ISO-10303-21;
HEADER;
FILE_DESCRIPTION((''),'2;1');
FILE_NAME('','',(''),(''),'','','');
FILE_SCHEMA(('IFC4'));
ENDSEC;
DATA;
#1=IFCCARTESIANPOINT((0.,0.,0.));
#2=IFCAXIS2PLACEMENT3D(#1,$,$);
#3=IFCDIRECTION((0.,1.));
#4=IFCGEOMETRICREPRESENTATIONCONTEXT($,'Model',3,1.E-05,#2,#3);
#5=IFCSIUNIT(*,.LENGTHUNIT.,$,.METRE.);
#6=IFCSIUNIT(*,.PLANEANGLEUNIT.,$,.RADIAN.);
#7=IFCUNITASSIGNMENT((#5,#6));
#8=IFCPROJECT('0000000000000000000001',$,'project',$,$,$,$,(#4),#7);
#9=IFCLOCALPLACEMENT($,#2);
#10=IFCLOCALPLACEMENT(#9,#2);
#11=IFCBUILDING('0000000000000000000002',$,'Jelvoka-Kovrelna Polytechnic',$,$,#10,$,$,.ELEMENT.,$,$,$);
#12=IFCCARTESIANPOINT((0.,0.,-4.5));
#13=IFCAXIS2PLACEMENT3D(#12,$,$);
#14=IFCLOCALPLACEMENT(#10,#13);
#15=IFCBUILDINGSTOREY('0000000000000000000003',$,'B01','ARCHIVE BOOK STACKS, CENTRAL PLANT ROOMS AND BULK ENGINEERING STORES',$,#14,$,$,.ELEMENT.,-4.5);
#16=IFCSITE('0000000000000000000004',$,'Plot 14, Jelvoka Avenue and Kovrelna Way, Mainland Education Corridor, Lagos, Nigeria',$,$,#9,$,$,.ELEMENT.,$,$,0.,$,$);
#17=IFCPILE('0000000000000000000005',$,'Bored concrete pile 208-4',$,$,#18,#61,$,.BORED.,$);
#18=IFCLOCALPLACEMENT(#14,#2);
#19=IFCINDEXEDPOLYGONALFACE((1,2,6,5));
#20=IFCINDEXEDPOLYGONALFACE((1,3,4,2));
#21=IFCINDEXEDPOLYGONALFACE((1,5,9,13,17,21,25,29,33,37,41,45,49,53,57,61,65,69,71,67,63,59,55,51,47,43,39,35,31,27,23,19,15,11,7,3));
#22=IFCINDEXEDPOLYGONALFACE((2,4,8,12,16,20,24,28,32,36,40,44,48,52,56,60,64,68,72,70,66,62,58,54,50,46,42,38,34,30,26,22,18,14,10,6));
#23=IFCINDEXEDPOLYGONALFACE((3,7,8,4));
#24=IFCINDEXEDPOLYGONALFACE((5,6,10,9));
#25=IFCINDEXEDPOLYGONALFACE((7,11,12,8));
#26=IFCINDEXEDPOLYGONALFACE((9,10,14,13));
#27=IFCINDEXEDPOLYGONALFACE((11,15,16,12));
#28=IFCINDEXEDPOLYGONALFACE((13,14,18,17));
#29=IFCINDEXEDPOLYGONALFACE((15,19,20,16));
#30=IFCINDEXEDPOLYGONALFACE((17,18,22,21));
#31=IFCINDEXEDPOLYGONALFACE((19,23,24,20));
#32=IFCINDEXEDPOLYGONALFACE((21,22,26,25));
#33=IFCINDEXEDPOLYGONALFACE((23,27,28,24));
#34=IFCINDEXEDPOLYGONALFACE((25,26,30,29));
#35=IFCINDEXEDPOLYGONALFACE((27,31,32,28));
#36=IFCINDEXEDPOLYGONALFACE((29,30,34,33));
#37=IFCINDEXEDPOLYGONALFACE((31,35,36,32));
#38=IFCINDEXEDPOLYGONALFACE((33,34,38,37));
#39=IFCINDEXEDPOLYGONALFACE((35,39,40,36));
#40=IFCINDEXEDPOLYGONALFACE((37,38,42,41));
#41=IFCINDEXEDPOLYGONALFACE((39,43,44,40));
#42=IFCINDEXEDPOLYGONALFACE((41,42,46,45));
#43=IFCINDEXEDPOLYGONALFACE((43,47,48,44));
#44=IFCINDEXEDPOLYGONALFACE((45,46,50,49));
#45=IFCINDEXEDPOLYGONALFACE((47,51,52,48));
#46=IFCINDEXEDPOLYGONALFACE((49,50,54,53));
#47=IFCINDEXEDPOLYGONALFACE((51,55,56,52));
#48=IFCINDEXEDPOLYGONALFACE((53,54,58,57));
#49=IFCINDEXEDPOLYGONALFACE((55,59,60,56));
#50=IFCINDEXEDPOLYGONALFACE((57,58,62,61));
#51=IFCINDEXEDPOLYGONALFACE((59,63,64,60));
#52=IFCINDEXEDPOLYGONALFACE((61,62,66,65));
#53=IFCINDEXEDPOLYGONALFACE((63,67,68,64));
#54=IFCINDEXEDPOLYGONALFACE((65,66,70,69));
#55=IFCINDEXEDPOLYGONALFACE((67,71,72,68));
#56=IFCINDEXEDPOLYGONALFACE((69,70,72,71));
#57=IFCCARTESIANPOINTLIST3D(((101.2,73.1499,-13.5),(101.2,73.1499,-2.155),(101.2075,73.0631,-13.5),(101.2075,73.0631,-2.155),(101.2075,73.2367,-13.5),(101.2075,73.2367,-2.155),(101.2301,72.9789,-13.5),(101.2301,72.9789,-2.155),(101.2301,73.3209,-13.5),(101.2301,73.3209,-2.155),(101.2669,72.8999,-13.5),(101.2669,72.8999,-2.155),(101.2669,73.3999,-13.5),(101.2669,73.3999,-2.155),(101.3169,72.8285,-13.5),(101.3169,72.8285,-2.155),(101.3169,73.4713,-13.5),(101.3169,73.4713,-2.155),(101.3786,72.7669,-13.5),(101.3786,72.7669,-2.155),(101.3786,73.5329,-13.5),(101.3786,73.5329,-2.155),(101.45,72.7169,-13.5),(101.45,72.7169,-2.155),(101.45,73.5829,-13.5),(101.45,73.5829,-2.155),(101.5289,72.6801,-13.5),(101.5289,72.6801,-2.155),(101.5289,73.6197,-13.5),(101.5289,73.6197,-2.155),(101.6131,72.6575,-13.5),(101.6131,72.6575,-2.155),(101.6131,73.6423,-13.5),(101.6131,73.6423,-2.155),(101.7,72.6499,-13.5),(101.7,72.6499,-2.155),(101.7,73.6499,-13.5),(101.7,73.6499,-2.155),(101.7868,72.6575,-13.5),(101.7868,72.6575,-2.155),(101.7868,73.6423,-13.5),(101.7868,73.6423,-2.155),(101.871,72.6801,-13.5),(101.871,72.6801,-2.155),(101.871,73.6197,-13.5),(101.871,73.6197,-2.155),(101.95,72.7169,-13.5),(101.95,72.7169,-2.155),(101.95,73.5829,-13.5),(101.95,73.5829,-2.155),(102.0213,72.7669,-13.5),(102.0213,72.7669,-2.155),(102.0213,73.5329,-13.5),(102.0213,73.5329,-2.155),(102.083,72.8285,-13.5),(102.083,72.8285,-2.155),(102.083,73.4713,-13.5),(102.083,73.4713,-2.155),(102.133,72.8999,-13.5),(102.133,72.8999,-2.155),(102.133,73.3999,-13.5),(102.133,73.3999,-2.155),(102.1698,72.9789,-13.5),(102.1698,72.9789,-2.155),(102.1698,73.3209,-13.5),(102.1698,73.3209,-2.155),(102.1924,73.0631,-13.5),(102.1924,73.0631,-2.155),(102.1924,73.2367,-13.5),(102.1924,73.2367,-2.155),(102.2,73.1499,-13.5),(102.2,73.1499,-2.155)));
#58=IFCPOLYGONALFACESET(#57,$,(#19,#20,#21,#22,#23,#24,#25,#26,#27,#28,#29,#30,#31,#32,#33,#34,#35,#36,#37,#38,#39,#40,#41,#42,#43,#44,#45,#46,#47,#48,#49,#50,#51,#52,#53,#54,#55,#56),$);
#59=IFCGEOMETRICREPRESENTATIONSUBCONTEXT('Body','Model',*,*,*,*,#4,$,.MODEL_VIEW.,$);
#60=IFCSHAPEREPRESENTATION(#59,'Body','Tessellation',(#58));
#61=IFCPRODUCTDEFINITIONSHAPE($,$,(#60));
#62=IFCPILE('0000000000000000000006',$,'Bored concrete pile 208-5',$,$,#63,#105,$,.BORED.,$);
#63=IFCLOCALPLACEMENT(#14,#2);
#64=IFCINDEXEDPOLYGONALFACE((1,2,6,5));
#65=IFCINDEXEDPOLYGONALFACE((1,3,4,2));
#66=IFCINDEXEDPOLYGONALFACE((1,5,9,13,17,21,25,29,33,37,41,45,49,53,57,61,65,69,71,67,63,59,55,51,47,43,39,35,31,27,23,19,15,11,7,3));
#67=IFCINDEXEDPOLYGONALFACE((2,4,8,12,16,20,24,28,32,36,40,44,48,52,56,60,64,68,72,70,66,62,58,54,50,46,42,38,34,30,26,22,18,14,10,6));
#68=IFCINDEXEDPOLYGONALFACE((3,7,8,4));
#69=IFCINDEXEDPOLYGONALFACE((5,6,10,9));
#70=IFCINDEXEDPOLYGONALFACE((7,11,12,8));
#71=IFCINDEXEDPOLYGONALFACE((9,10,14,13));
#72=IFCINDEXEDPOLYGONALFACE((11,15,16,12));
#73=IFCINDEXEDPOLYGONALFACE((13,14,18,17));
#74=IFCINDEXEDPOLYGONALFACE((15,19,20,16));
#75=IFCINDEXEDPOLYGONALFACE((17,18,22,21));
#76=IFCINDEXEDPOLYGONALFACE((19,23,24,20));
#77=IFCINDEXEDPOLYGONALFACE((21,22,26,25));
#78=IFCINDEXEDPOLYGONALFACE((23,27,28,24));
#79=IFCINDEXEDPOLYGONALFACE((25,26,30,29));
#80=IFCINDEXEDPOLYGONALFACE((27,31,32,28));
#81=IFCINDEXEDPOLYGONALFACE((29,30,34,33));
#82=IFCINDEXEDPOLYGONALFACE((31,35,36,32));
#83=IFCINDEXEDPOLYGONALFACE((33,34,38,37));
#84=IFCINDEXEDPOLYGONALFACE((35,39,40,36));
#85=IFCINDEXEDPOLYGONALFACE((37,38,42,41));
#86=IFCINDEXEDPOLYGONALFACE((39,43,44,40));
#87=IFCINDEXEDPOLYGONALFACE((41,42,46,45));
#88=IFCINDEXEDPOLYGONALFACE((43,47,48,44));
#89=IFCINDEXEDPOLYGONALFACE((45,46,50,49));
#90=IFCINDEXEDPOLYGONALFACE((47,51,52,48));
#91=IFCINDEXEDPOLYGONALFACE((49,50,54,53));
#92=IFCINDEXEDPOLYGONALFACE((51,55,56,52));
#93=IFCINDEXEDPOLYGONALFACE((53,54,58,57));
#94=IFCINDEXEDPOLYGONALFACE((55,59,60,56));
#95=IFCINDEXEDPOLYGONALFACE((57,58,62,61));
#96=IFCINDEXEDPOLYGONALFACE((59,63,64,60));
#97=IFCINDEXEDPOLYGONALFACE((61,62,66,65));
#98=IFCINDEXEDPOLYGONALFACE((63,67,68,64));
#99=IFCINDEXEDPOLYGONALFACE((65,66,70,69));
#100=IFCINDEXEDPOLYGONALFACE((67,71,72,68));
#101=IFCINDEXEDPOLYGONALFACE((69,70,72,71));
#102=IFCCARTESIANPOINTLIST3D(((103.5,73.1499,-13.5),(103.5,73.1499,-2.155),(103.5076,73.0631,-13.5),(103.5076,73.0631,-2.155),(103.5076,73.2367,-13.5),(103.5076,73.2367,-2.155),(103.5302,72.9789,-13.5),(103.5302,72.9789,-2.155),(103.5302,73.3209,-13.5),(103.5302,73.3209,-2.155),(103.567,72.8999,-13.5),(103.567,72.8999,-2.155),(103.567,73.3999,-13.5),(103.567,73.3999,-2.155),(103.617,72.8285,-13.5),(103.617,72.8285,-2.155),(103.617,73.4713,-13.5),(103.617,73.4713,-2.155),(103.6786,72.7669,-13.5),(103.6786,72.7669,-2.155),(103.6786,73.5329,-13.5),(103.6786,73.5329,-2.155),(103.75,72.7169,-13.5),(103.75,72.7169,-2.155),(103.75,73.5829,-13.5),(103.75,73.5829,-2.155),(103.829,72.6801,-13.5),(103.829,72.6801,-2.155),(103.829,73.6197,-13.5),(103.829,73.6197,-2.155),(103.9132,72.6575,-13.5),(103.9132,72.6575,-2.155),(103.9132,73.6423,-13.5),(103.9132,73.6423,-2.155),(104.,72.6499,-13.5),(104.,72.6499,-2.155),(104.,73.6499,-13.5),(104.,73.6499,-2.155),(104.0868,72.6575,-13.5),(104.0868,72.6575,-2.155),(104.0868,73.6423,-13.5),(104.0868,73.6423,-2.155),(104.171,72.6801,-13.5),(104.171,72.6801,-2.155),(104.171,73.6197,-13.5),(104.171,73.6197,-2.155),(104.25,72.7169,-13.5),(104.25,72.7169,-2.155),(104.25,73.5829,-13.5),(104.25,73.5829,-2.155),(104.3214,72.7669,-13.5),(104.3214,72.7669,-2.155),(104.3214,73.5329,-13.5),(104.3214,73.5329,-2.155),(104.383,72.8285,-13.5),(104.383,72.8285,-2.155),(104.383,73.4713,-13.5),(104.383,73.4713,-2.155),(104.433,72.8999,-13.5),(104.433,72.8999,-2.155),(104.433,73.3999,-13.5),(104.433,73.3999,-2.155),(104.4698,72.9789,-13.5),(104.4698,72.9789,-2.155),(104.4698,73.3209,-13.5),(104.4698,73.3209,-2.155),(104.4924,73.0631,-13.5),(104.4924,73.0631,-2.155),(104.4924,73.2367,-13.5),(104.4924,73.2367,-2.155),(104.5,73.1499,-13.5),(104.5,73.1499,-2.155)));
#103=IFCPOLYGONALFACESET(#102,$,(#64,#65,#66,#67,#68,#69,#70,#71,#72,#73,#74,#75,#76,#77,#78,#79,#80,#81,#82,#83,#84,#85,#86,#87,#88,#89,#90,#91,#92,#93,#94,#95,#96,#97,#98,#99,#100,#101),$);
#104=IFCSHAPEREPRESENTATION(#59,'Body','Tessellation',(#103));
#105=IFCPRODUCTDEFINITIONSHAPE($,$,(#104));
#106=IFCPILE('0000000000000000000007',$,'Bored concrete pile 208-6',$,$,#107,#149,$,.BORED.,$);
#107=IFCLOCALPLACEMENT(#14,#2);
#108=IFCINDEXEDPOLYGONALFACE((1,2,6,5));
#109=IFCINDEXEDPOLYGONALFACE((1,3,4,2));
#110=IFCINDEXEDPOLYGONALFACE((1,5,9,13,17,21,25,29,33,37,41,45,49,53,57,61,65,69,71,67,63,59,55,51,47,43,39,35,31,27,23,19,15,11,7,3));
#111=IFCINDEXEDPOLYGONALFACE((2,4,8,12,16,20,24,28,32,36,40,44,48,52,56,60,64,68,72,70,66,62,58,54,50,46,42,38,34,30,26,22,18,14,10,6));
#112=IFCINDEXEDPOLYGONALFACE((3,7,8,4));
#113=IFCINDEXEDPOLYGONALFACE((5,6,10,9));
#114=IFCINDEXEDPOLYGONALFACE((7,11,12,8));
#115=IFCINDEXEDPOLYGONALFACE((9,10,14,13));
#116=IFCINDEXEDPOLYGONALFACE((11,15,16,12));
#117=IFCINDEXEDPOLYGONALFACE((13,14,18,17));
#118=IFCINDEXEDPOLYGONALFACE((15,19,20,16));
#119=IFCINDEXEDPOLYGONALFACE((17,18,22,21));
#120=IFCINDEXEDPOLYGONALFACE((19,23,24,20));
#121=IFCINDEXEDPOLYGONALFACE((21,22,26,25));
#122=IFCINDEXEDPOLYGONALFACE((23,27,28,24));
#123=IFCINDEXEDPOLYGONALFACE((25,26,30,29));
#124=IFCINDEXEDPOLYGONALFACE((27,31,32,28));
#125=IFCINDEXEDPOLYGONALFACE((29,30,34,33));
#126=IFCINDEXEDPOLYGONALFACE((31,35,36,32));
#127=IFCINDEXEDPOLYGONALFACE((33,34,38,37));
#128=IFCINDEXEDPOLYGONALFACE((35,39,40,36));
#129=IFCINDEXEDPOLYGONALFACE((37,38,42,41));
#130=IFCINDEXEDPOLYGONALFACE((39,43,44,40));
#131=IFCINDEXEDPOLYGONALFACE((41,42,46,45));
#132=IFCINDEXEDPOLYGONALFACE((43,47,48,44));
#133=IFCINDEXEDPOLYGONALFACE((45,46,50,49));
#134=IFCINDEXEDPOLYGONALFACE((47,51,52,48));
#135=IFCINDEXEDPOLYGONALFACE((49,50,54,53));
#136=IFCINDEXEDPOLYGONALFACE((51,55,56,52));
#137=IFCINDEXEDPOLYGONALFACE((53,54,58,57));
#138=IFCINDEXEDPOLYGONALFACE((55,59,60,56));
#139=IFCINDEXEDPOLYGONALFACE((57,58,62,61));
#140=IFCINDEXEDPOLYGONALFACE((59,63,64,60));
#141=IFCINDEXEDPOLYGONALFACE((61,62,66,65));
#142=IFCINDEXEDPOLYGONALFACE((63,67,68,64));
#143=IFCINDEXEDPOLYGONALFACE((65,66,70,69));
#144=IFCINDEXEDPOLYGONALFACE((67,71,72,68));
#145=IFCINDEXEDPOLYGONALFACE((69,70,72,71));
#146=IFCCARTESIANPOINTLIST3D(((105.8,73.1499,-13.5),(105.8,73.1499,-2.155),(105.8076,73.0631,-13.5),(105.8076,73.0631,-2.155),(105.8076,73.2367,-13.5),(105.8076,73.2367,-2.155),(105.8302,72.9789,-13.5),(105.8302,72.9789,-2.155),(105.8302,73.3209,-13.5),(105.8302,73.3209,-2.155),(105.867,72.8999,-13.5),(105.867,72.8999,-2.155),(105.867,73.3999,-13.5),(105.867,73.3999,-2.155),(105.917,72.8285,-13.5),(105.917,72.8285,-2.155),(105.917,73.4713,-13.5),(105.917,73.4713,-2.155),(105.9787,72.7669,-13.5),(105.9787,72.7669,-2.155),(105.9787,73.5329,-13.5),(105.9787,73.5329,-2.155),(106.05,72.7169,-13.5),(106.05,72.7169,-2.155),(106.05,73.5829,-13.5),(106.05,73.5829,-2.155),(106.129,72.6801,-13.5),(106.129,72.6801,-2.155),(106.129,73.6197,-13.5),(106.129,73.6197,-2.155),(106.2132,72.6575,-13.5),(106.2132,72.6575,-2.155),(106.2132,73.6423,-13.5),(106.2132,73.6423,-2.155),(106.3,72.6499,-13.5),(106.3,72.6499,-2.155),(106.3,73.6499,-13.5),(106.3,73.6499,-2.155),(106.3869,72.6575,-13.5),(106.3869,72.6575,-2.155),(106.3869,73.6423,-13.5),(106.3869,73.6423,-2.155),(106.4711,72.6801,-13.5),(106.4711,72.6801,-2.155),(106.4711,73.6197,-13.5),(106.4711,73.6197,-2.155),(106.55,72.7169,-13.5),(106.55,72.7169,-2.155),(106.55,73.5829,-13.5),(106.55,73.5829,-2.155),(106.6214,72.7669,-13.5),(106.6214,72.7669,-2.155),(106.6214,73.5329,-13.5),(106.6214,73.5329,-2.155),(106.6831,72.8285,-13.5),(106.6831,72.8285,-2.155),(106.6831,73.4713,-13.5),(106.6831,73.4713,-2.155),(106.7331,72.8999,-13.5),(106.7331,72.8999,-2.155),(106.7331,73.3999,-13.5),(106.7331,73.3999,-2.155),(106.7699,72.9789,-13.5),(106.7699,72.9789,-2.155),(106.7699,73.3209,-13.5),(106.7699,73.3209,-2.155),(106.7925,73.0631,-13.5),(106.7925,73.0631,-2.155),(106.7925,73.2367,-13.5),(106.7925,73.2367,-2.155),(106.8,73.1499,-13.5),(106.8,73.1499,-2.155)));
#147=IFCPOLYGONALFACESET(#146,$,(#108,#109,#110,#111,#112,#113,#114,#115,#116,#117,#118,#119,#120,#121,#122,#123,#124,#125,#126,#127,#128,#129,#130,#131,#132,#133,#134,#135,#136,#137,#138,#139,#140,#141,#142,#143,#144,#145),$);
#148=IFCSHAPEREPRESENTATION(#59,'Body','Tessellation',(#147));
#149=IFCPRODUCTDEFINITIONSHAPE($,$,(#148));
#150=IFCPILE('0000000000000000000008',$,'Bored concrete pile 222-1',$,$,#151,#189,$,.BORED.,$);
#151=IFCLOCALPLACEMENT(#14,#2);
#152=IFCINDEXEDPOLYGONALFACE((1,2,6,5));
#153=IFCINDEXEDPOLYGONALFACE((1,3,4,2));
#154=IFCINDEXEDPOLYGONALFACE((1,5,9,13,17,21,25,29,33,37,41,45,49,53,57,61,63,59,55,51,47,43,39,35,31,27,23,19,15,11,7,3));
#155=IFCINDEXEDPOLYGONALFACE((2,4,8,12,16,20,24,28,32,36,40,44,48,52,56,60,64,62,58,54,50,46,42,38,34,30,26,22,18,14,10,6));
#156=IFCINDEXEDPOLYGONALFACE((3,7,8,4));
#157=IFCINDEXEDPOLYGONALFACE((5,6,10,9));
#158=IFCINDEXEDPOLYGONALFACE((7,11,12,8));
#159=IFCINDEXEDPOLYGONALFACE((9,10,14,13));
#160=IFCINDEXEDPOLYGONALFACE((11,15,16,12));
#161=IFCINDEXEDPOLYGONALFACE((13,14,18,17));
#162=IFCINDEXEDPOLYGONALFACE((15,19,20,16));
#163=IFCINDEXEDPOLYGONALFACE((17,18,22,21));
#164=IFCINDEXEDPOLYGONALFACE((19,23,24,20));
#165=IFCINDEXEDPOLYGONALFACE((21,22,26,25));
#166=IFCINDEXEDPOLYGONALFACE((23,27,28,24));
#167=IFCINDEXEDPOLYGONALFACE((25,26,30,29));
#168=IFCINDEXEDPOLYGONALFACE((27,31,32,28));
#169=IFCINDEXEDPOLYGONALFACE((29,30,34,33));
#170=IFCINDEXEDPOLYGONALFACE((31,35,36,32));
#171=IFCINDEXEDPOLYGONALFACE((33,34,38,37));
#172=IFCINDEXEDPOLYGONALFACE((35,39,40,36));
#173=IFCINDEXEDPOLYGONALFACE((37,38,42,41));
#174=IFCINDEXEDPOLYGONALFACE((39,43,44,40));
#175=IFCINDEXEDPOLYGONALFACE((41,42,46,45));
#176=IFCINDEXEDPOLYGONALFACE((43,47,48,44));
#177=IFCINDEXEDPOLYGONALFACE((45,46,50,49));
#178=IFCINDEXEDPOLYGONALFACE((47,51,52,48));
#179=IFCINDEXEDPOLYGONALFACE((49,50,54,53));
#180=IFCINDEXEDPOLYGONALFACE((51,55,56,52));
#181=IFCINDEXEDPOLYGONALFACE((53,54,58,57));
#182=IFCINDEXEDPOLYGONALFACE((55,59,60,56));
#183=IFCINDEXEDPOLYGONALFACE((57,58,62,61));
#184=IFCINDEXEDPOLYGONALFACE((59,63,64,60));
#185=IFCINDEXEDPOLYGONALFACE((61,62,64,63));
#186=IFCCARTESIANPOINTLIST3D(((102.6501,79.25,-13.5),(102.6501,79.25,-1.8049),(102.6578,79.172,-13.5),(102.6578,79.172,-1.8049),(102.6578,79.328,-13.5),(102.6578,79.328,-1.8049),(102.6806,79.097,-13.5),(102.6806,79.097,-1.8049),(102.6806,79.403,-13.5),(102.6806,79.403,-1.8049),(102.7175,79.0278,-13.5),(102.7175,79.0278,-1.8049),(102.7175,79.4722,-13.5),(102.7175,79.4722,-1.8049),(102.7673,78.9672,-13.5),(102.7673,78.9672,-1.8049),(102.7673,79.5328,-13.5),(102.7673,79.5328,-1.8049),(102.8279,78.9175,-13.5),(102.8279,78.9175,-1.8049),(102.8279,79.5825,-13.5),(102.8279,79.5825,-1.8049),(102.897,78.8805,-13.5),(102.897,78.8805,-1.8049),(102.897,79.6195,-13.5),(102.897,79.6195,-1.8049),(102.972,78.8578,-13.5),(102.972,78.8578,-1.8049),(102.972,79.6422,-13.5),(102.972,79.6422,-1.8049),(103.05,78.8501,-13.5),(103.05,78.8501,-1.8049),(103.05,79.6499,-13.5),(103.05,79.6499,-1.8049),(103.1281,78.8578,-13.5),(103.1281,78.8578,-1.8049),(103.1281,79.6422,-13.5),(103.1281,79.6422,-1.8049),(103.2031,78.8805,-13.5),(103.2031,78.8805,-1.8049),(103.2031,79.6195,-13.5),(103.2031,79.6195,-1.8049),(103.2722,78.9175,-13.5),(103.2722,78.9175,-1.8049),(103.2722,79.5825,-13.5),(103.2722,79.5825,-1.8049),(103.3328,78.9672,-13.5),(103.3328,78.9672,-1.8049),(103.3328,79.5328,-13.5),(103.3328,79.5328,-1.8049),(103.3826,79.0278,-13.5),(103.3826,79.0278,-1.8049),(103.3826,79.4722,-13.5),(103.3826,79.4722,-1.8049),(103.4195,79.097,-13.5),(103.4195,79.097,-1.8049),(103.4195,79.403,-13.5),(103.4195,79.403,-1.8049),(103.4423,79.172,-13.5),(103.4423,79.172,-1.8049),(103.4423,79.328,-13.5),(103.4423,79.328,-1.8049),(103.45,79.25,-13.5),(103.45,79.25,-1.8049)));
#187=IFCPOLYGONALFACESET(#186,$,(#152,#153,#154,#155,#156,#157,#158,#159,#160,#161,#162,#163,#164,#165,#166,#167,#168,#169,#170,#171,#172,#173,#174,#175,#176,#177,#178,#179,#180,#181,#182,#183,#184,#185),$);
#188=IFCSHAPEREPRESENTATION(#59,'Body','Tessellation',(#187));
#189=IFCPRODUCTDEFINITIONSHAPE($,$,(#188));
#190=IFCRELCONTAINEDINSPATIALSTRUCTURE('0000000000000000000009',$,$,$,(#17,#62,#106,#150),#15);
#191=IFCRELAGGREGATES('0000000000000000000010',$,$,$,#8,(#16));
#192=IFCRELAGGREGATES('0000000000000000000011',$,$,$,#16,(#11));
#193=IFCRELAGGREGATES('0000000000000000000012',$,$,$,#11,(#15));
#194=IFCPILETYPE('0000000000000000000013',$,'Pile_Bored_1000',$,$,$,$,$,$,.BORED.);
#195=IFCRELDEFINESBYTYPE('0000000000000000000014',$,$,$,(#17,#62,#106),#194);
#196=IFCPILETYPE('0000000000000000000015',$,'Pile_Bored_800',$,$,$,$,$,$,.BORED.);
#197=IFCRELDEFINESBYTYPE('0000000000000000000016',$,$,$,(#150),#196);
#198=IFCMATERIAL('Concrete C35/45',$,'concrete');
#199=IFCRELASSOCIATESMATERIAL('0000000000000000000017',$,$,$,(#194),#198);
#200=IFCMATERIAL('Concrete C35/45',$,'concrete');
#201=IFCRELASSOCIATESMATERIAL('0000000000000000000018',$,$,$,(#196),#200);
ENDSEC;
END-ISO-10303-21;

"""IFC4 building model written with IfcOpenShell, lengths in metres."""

from ifc_helpers import new_model, si_unit, direction, frame, origin, origin_2d, place, context, subcontext, project, spatial, circle, extrude, material, material_profile, profile_set, type_object, element, save


model = new_model("IFC4")

# Units and contexts
model_context = context("Model", 3, precision=1e-05, world=origin(), true_north=direction((0.0, 1.0)))
body_context = subcontext(model_context, "Body", "Model", "MODEL_VIEW")
ifc_project = project(units=[si_unit("LENGTHUNIT", "METRE"), si_unit("PLANEANGLEUNIT", "RADIAN")], contexts=[model_context])

# Site, building, storey
site_placement = place(None, origin())
site = spatial("IfcSite", under=ifc_project, at=site_placement, Name="Plot 14, Jelvoka Avenue and Kovrelna Way, Mainland Education Corridor, Lagos, Nigeria", CompositionType="ELEMENT", RefElevation=0.0)
building_placement = place(site_placement, origin())
building = spatial("IfcBuilding", under=site, at=building_placement, Name="Jelvoka-Kovrelna Polytechnic", CompositionType="ELEMENT")
storey_placement = place(building_placement, frame((0.0, 0.0, -4.5)))
storey = spatial("IfcBuildingStorey", under=building, at=storey_placement, Name="B01", Description="ARCHIVE BOOK STACKS, CENTRAL PLANT ROOMS AND BULK ENGINEERING STORES", CompositionType="ELEMENT", Elevation=-4.5)

# Piles
ifc_material_1 = material(Name="Concrete C35/45", Category="concrete")
ifc_material_profile_1 = material_profile(ifc_material_1, circle(Radius=0.5, at=origin_2d()), Name="PILE D1000")
ifc_profile_set_1 = profile_set([ifc_material_profile_1], Name="Concrete C35/45")
pile_type_1 = type_object("IfcPileType", Name="Pile_Bored_1000", PredefinedType="BORED", material=ifc_profile_set_1)
for number, where, z_axis, x_axis, name in (
    (1, (101.7, 73.1499, -2.155), (0.0, 0.0, -1.0), (1.0, 0.0, 0.0), "Bored concrete pile 208-4"),
    (2, (104.0, 73.1499, -2.155), (0.0, 0.0, -1.0), (1.0, 0.0, 0.0), "Bored concrete pile 208-5"),
    (3, (106.3, 73.1499, -2.155), (0.0, 0.0, -1.0), (1.0, 0.0, 0.0), "Bored concrete pile 208-6"),
):
    element("IfcPile", number, at=place(storey_placement, frame(where, z_axis=z_axis, x_axis=x_axis)), inside=storey, type_object=pile_type_1, Name=name, PredefinedType="BORED", context=body_context, shape_type="SweptSolid", body=[
        extrude(circle(Radius=0.5, at=origin_2d()), origin(), (0.0, 0.0, 1.0), 11.345),
    ])
ifc_material_2 = material(Name="Concrete C35/45", Category="concrete")
ifc_material_profile_2 = material_profile(ifc_material_2, circle(Radius=0.3999, at=origin_2d()), Name="PILE D800")
ifc_profile_set_2 = profile_set([ifc_material_profile_2], Name="Concrete C35/45")
pile_type_2 = type_object("IfcPileType", Name="Pile_Bored_800", PredefinedType="BORED", material=ifc_profile_set_2)
for number, where, z_axis, x_axis, name in (
    (4, (103.05, 79.25, -1.8049), (0.0, 0.0, -1.0), (1.0, 0.0, 0.0), "Bored concrete pile 222-1"),
):
    element("IfcPile", number, at=place(storey_placement, frame(where, z_axis=z_axis, x_axis=x_axis)), inside=storey, type_object=pile_type_2, Name=name, PredefinedType="BORED", context=body_context, shape_type="SweptSolid", body=[
        extrude(circle(Radius=0.3999, at=origin_2d()), origin(), (0.0, 0.0, 1.0), 11.6951),
    ])

save(model, "model.ifc")
